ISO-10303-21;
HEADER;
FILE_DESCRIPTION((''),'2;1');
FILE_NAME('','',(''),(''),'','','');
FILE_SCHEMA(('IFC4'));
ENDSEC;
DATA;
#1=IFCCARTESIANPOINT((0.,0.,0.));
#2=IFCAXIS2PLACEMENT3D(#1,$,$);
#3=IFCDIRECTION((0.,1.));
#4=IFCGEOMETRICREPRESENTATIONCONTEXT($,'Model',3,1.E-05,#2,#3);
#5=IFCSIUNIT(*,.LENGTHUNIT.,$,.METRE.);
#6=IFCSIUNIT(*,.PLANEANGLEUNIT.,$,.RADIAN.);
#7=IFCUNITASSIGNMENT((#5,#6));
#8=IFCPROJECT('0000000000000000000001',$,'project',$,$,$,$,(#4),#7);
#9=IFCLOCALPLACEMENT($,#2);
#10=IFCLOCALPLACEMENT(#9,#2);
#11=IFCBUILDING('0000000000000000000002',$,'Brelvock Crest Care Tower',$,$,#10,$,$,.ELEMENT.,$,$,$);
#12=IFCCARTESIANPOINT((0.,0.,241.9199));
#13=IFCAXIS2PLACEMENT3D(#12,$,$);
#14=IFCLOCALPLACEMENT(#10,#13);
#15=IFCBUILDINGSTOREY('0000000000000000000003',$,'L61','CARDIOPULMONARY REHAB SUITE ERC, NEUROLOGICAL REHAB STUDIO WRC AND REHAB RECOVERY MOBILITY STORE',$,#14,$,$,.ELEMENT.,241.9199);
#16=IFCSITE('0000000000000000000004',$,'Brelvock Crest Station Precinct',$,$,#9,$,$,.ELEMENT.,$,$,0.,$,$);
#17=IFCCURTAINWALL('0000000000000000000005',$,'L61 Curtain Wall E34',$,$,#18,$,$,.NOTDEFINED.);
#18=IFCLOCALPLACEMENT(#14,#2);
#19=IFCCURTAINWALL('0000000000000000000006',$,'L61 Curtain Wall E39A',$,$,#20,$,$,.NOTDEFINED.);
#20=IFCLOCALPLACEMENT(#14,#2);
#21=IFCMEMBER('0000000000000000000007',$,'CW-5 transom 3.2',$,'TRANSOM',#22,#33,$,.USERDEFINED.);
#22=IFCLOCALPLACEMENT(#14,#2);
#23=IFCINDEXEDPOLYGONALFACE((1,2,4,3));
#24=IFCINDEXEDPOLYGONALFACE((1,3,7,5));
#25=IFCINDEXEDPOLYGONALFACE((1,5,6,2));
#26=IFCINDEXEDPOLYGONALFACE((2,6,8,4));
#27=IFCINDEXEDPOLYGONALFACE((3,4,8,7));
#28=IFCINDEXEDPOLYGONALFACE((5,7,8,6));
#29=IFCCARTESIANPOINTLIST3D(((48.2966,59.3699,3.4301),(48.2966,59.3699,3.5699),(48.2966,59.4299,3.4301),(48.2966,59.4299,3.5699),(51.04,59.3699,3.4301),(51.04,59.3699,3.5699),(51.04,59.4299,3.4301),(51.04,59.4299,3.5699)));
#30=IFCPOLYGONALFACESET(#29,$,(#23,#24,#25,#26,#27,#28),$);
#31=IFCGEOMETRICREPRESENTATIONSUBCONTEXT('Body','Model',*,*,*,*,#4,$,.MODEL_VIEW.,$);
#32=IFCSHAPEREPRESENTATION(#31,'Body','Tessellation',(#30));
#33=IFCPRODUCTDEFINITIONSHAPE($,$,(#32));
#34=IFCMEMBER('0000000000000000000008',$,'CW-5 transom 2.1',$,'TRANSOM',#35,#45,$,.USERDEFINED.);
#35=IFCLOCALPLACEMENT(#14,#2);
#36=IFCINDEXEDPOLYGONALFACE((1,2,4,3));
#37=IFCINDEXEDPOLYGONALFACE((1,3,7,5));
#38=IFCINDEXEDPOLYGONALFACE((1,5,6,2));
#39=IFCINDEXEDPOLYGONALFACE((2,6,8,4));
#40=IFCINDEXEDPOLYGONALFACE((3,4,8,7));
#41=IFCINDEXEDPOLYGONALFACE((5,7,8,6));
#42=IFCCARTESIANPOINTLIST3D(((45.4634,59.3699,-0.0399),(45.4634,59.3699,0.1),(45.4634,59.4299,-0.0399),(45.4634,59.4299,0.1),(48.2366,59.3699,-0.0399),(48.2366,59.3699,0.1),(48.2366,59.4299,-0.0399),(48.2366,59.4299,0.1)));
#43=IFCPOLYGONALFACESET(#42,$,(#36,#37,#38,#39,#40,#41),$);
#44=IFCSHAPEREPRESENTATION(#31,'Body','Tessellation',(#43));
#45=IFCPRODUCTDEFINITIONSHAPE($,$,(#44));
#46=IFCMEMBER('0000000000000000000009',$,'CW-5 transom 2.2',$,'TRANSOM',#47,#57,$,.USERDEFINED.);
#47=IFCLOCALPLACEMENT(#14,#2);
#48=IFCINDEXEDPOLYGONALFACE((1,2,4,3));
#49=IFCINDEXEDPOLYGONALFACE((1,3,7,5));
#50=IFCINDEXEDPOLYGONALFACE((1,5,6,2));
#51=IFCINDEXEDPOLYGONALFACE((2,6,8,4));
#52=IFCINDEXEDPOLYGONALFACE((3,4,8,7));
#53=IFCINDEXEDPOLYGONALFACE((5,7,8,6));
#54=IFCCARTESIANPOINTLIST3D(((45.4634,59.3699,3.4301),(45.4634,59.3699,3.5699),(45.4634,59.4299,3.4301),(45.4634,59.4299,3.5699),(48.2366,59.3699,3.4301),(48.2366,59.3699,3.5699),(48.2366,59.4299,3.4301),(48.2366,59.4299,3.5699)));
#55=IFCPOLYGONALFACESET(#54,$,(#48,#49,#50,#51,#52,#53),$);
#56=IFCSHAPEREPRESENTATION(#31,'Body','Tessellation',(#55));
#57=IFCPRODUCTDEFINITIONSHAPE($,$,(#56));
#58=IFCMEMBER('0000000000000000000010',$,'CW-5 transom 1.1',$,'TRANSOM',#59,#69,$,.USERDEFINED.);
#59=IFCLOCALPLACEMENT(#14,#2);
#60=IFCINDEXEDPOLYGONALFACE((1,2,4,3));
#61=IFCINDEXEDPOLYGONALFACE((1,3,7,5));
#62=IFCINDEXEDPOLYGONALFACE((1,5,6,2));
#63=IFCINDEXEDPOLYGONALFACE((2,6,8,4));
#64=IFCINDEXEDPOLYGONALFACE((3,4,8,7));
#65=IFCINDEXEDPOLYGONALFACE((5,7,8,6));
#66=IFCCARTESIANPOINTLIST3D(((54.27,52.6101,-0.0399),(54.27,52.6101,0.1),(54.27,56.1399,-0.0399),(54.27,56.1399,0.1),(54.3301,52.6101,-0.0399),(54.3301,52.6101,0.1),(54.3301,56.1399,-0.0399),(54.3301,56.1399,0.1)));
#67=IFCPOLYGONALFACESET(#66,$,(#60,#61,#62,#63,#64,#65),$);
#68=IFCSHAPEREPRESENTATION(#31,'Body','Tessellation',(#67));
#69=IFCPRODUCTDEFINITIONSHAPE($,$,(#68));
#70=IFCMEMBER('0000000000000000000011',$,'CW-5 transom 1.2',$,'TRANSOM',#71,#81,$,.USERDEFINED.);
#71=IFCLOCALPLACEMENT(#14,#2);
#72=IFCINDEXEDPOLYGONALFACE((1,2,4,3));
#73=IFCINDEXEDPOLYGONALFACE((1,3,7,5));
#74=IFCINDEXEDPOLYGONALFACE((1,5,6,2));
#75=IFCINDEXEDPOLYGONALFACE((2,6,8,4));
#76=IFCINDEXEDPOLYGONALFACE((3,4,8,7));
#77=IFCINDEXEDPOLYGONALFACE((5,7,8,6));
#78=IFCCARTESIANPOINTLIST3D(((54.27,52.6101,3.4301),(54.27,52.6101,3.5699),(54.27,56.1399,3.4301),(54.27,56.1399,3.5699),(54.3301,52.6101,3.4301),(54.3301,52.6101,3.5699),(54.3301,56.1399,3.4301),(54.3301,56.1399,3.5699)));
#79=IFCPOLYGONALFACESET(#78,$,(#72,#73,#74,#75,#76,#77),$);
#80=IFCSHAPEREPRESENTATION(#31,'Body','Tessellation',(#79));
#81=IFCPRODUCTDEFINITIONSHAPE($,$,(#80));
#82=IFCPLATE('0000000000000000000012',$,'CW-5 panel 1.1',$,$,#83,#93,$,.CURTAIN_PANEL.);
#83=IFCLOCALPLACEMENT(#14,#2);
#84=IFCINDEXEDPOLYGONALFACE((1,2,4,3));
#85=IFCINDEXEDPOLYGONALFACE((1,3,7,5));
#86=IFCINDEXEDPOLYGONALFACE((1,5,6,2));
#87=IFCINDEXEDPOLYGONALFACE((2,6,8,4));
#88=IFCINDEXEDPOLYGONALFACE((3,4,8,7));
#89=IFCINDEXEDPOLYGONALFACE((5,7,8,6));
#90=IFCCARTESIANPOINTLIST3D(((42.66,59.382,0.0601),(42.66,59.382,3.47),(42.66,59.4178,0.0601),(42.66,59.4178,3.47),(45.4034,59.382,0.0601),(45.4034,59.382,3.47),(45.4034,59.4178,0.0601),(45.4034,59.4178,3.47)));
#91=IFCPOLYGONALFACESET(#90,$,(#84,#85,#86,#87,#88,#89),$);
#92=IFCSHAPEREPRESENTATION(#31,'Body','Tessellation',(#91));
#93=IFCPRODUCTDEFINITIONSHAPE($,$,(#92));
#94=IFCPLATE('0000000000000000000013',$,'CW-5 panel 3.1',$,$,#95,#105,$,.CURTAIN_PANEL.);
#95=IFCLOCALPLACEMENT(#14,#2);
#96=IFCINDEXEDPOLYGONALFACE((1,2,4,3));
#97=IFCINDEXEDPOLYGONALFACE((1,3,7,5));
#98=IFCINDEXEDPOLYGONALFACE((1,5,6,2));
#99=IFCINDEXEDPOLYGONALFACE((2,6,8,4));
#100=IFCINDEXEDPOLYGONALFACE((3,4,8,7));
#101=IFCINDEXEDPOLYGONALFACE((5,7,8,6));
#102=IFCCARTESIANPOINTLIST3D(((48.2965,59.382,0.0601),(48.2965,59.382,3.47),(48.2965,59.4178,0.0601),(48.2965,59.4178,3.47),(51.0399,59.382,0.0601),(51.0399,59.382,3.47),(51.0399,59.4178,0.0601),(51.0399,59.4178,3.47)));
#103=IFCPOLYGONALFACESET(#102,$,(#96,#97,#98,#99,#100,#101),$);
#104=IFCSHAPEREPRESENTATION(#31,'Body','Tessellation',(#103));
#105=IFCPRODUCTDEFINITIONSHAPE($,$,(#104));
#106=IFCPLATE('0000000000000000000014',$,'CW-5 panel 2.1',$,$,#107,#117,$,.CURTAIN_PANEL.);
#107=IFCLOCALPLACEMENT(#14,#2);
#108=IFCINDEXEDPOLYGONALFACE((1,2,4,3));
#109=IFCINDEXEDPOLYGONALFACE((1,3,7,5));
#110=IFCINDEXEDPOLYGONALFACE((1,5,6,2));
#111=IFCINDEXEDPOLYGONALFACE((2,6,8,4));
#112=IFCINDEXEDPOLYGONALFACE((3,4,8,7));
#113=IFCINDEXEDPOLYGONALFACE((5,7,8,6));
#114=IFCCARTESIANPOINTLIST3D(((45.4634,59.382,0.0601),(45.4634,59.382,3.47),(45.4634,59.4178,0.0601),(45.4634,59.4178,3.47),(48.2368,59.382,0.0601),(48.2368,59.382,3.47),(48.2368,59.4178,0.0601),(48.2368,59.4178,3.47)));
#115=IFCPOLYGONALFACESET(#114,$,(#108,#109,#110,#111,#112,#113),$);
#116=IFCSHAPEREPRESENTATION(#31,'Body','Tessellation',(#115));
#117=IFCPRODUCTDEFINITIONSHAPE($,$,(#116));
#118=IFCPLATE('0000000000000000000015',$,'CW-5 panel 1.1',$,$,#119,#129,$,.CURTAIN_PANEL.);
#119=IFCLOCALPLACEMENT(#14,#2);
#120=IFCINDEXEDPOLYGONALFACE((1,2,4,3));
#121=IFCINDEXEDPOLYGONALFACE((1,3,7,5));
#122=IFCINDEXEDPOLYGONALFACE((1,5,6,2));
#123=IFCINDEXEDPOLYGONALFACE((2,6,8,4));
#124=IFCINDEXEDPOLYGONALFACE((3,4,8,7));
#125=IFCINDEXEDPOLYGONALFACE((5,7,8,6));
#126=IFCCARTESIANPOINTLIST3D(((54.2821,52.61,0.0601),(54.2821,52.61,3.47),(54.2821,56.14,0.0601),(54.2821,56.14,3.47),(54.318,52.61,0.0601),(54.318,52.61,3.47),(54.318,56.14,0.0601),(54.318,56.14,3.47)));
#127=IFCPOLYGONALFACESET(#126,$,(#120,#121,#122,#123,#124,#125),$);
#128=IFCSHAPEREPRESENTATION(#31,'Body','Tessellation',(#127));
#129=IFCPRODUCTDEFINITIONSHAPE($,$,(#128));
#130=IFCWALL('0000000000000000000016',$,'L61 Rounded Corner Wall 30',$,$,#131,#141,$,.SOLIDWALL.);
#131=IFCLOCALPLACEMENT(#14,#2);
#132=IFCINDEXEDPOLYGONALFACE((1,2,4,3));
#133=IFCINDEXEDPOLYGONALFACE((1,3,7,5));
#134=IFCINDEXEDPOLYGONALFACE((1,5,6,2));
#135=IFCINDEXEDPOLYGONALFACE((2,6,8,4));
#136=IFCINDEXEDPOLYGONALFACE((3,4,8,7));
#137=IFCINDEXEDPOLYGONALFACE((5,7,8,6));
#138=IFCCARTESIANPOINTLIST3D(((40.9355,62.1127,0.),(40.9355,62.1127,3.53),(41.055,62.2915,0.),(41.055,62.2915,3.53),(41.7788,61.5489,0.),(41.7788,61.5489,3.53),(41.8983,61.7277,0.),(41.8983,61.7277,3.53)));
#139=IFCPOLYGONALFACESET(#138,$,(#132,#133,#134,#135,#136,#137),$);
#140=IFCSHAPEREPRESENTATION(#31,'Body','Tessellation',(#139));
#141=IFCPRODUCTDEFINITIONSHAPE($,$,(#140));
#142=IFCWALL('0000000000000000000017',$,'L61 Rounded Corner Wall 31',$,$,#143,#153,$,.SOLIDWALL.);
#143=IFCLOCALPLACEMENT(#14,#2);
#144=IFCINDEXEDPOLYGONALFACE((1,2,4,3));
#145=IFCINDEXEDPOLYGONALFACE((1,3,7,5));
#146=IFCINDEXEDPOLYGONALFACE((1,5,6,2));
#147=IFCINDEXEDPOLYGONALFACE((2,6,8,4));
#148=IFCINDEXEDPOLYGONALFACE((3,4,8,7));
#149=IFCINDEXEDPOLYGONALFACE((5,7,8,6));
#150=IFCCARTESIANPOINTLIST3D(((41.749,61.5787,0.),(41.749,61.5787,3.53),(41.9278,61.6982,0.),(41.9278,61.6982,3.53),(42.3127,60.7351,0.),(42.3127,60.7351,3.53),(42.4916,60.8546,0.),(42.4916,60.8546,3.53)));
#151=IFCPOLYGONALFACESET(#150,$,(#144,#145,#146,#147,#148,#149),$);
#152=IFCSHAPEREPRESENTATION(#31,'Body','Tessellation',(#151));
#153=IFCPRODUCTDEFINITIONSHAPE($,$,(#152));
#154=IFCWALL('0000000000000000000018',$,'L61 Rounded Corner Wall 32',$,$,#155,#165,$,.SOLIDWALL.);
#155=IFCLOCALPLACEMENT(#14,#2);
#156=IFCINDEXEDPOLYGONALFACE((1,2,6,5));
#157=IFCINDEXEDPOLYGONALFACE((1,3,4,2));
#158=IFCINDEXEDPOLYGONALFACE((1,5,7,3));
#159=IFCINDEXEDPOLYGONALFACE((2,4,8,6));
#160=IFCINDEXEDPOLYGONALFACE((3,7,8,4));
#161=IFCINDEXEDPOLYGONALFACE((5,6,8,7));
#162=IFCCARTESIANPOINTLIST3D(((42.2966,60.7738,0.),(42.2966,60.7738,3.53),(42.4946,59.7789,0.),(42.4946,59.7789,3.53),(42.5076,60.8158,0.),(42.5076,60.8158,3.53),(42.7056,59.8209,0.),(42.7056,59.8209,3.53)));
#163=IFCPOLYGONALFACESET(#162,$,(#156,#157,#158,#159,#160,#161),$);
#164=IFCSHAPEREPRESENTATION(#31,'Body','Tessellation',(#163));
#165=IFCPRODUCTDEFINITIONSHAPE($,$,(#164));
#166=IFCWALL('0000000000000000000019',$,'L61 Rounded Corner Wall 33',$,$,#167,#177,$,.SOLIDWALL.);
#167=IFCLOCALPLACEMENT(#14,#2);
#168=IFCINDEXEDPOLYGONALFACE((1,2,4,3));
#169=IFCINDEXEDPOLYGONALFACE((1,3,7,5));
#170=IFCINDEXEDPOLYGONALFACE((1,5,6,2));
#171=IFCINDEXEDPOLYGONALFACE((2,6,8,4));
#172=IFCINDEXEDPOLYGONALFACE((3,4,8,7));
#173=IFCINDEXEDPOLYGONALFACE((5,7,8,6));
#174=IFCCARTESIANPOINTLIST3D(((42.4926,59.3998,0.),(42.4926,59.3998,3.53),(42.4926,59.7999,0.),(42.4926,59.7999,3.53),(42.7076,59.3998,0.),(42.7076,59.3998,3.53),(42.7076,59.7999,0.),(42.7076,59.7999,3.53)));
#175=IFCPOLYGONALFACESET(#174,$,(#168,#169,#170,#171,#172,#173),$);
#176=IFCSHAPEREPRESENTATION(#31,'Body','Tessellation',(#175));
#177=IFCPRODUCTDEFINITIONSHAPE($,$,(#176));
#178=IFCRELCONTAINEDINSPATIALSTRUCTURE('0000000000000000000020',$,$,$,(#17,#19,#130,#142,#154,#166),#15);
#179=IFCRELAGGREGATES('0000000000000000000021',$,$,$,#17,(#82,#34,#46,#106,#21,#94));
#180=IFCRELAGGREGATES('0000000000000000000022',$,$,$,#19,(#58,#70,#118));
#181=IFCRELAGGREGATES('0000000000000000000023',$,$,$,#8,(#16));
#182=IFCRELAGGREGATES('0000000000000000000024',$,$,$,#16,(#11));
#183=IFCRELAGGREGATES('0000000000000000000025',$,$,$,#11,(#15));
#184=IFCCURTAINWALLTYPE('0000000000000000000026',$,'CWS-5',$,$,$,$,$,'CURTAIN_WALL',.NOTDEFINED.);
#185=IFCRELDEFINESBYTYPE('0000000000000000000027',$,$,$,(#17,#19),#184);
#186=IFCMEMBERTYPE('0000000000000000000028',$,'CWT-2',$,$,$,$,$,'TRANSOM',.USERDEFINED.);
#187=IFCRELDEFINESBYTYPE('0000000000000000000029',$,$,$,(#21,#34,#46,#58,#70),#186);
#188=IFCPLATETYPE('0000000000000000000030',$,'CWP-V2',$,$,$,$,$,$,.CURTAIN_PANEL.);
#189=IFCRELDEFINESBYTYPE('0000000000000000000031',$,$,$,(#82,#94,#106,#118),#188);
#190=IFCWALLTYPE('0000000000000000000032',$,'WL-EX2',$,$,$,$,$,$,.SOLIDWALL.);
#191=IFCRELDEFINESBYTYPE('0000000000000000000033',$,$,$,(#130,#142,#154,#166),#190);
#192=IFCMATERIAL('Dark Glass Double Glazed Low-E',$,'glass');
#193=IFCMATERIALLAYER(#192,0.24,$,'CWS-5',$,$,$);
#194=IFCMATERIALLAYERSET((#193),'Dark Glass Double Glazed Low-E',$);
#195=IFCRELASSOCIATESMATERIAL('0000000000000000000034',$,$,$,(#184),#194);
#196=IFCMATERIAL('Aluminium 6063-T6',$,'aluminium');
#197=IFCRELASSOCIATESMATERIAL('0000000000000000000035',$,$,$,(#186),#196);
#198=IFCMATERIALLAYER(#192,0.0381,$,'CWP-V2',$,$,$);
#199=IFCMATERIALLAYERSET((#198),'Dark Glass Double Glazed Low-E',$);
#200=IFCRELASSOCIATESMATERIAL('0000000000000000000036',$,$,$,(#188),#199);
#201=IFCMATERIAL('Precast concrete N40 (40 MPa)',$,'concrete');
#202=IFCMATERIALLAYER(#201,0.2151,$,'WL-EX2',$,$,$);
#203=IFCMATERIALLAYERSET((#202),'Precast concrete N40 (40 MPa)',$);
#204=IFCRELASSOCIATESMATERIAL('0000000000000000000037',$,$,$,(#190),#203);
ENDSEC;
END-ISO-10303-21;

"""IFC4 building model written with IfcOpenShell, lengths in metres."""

from ifc_helpers import new_model, si_unit, direction, frame, frame_2d, origin, origin_2d, place, context, subcontext, project, spatial, rectangle, extrude, source, transform, mapped, material, layer, layer_set, material_profile, profile_set, type_object, element, aggregate, save


model = new_model("IFC4")

# Units and contexts
model_context = context("Model", 3, precision=1e-05, world=origin(), true_north=direction((0.0, 1.0)))
body_context = subcontext(model_context, "Body", "Model", "MODEL_VIEW")
ifc_project = project(units=[si_unit("LENGTHUNIT", "METRE"), si_unit("PLANEANGLEUNIT", "RADIAN")], contexts=[model_context])

# Site, building, storey
site_placement = place(None, origin())
site = spatial("IfcSite", under=ifc_project, at=site_placement, Name="Brelvock Crest Station Precinct", CompositionType="ELEMENT", RefElevation=0.0)
building_placement = place(site_placement, origin())
building = spatial("IfcBuilding", under=site, at=building_placement, Name="Brelvock Crest Care Tower", CompositionType="ELEMENT")
storey_placement = place(building_placement, frame((0.0, 0.0, 241.9199)))
storey = spatial("IfcBuildingStorey", under=building, at=storey_placement, Name="L61", Description="CARDIOPULMONARY REHAB SUITE ERC, NEUROLOGICAL REHAB STUDIO WRC AND REHAB RECOVERY MOBILITY STORE", CompositionType="ELEMENT", Elevation=241.9199)

# Curtain wall
ifc_material_1 = material(Name="Dark Glass Double Glazed Low-E", Category="glass")
ifc_layer_1 = layer(ifc_material_1, 0.24, Name="CWS-5")
ifc_layer_set_1 = layer_set([ifc_layer_1], Name="Dark Glass Double Glazed Low-E")
curtain_wall_type = type_object("IfcCurtainWallType", Name="CWS-5", ElementType="CURTAIN_WALL", PredefinedType="NOTDEFINED", material=ifc_layer_set_1)
curtain_wall_1_placement = place(storey_placement, origin())
curtain_wall_1 = element("IfcCurtainWall", 1, at=curtain_wall_1_placement, inside=storey, type_object=curtain_wall_type, Name="L61 Curtain Wall E34", PredefinedType="NOTDEFINED")
ifc_material_2 = material(Name="Aluminium 6063-T6", Category="aluminium")

# Curtain wall
curtain_wall_2_placement = place(storey_placement, origin())
curtain_wall_2 = element("IfcCurtainWall", 2, at=curtain_wall_2_placement, inside=storey, type_object=curtain_wall_type, Name="L61 Curtain Wall E39A", PredefinedType="NOTDEFINED")

# Members
ifc_material_profile_1 = material_profile(ifc_material_2, rectangle(XDim=0.0601, YDim=0.1399, at=origin_2d()), Name="ALU60x140")
ifc_profile_set_1 = profile_set([ifc_material_profile_1], Name="Aluminium 6063-T6")
member_type_1 = type_object("IfcMemberType", Name="CWT-2", ElementType="TRANSOM", PredefinedType="USERDEFINED", material=ifc_profile_set_1)
shared_shape_1 = source(origin(), body_context, "Body", "SweptSolid", [
    extrude(rectangle(XDim=0.0601, YDim=0.1399, at=origin_2d()), origin(), (0.0, 0.0, 1.0), 2.7434),
])
member_1_placement = place(storey_placement, frame((48.2966, 59.3999, 3.5), z_axis=(1.0, 0.0, 0.0), x_axis=(0.0, 1.0, 0.0)))
member_1 = element("IfcMember", 3, at=member_1_placement, type_object=member_type_1, Name="CW-5 transom 3.2", ObjectType="TRANSOM", PredefinedType="USERDEFINED", context=body_context, shape_type="MappedRepresentation", body=[
    mapped(shared_shape_1, transform((0.0, 0.0, 0.0), x_axis=(1.0, 0.0, 0.0), y_axis=(0.0, 1.0, 0.0), z_axis=(0.0, 0.0, 1.0), scale=1.0)),
])
shared_shape_2 = source(origin(), body_context, "Body", "SweptSolid", [
    extrude(rectangle(XDim=0.0601, YDim=0.1399, at=origin_2d()), origin(), (0.0, 0.0, 1.0), 2.7732),
])
member_2_placement = place(storey_placement, frame((45.4634, 59.3999, 0.03), z_axis=(1.0, 0.0, 0.0), x_axis=(0.0, 1.0, 0.0)))
member_2 = element("IfcMember", 4, at=member_2_placement, type_object=member_type_1, Name="CW-5 transom 2.1", ObjectType="TRANSOM", PredefinedType="USERDEFINED", context=body_context, shape_type="MappedRepresentation", body=[
    mapped(shared_shape_2, transform((0.0, 0.0, 0.0), x_axis=(1.0, 0.0, 0.0), y_axis=(0.0, 1.0, 0.0), z_axis=(0.0, 0.0, 1.0), scale=1.0)),
])
member_3_placement = place(storey_placement, frame((45.4634, 59.3999, 3.5), z_axis=(1.0, 0.0, 0.0), x_axis=(0.0, 1.0, 0.0)))
member_3 = element("IfcMember", 5, at=member_3_placement, type_object=member_type_1, Name="CW-5 transom 2.2", ObjectType="TRANSOM", PredefinedType="USERDEFINED", context=body_context, shape_type="MappedRepresentation", body=[
    mapped(shared_shape_2, transform((0.0, 0.0, 0.0), x_axis=(1.0, 0.0, 0.0), y_axis=(0.0, 1.0, 0.0), z_axis=(0.0, 0.0, 1.0), scale=1.0)),
])
shared_shape_3 = source(origin(), body_context, "Body", "SweptSolid", [
    extrude(rectangle(XDim=0.0601, YDim=0.1399, at=origin_2d()), origin(), (0.0, 0.0, 1.0), 3.5298),
])
member_4_placement = place(storey_placement, frame((54.3, 56.1399, 0.03), z_axis=(0.0, -1.0, 0.0), x_axis=(1.0, 0.0, 0.0)))
member_4 = element("IfcMember", 6, at=member_4_placement, type_object=member_type_1, Name="CW-5 transom 1.1", ObjectType="TRANSOM", PredefinedType="USERDEFINED", context=body_context, shape_type="MappedRepresentation", body=[
    mapped(shared_shape_3, transform((0.0, 0.0, 0.0), x_axis=(1.0, 0.0, 0.0), y_axis=(0.0, 1.0, 0.0), z_axis=(0.0, 0.0, 1.0), scale=1.0)),
])
member_5_placement = place(storey_placement, frame((54.3, 56.1399, 3.5), z_axis=(0.0, -1.0, 0.0), x_axis=(1.0, 0.0, 0.0)))
member_5 = element("IfcMember", 7, at=member_5_placement, type_object=member_type_1, Name="CW-5 transom 1.2", ObjectType="TRANSOM", PredefinedType="USERDEFINED", context=body_context, shape_type="MappedRepresentation", body=[
    mapped(shared_shape_3, transform((0.0, 0.0, 0.0), x_axis=(1.0, 0.0, 0.0), y_axis=(0.0, 1.0, 0.0), z_axis=(0.0, 0.0, 1.0), scale=1.0)),
])

# Plates
ifc_layer_2 = layer(ifc_material_1, 0.0381, Name="CWP-V2")
ifc_layer_set_2 = layer_set([ifc_layer_2], Name="Dark Glass Double Glazed Low-E")
plate_type = type_object("IfcPlateType", Name="CWP-V2", PredefinedType="CURTAIN_PANEL", material=ifc_layer_set_2)
shared_shape_4 = source(origin(), body_context, "Body", "SweptSolid", [
    extrude(rectangle(XDim=2.7434, YDim=0.0359, at=origin_2d()), origin(), (0.0, 0.0, 1.0), 3.4099),
])
plate_1_placement = place(storey_placement, frame((44.0317, 59.3999, 0.0601), z_axis=(0.0, 0.0, 1.0), x_axis=(1.0, 0.0, 0.0)))
plate_1 = element("IfcPlate", 8, at=plate_1_placement, type_object=plate_type, Name="CW-5 panel 1.1", PredefinedType="CURTAIN_PANEL", context=body_context, shape_type="MappedRepresentation", body=[
    mapped(shared_shape_4, transform((0.0, 0.0, 0.0), x_axis=(1.0, 0.0, 0.0), y_axis=(0.0, 1.0, 0.0), z_axis=(0.0, 0.0, 1.0), scale=1.0)),
])
plate_2_placement = place(storey_placement, frame((49.6682, 59.3999, 0.0601), z_axis=(0.0, 0.0, 1.0), x_axis=(1.0, 0.0, 0.0)))
plate_2 = element("IfcPlate", 9, at=plate_2_placement, type_object=plate_type, Name="CW-5 panel 3.1", PredefinedType="CURTAIN_PANEL", context=body_context, shape_type="MappedRepresentation", body=[
    mapped(shared_shape_4, transform((0.0, 0.0, 0.0), x_axis=(1.0, 0.0, 0.0), y_axis=(0.0, 1.0, 0.0), z_axis=(0.0, 0.0, 1.0), scale=1.0)),
])
shared_shape_5 = source(origin(), body_context, "Body", "SweptSolid", [
    extrude(rectangle(XDim=2.7734, YDim=0.0359, at=origin_2d()), origin(), (0.0, 0.0, 1.0), 3.4099),
])
plate_3_placement = place(storey_placement, frame((46.8501, 59.3999, 0.0601), z_axis=(0.0, 0.0, 1.0), x_axis=(1.0, 0.0, 0.0)))
plate_3 = element("IfcPlate", 10, at=plate_3_placement, type_object=plate_type, Name="CW-5 panel 2.1", PredefinedType="CURTAIN_PANEL", context=body_context, shape_type="MappedRepresentation", body=[
    mapped(shared_shape_5, transform((0.0, 0.0, 0.0), x_axis=(1.0, 0.0, 0.0), y_axis=(0.0, 1.0, 0.0), z_axis=(0.0, 0.0, 1.0), scale=1.0)),
])
aggregate(curtain_wall_1, [plate_1, member_2, member_3, plate_3, member_1, plate_2])
shared_shape_6 = source(origin(), body_context, "Body", "SweptSolid", [
    extrude(rectangle(XDim=3.53, YDim=0.0359, at=origin_2d()), origin(), (0.0, 0.0, 1.0), 3.4099),
])
plate_4_placement = place(storey_placement, frame((54.3, 54.375, 0.0601), z_axis=(0.0, 0.0, 1.0), x_axis=(0.0, -1.0, 0.0)))
plate_4 = element("IfcPlate", 11, at=plate_4_placement, type_object=plate_type, Name="CW-5 panel 1.1", PredefinedType="CURTAIN_PANEL", context=body_context, shape_type="MappedRepresentation", body=[
    mapped(shared_shape_6, transform((0.0, 0.0, 0.0), x_axis=(1.0, 0.0, 0.0), y_axis=(0.0, 1.0, 0.0), z_axis=(0.0, 0.0, 1.0), scale=1.0)),
])
aggregate(curtain_wall_2, [member_4, member_5, plate_4])

# Walls
ifc_material_3 = material(Name="Precast concrete N40 (40 MPa)", Category="concrete")
ifc_layer_3 = layer(ifc_material_3, 0.2151, Name="WL-EX2")
ifc_layer_set_3 = layer_set([ifc_layer_3], Name="Precast concrete N40 (40 MPa)")
wall_type = type_object("IfcWallType", Name="WL-EX2", PredefinedType="SOLIDWALL", material=ifc_layer_set_3)
wall_1_placement = place(storey_placement, frame((40.9951, 62.2021, 0.0), z_axis=(0.0, 0.0, 1.0), x_axis=(0.831346, -0.555755, 0.0)))
element("IfcWall", 12, at=wall_1_placement, inside=storey, type_object=wall_type, Name="L61 Rounded Corner Wall 30", PredefinedType="SOLIDWALL", context=body_context, shape_type="SweptSolid", body=[
    extrude(rectangle(XDim=1.0144, YDim=0.2151, at=frame_2d((0.5073, 0.0))), origin(), (0.0, 0.0, 1.0), 3.53),
])
wall_2_placement = place(storey_placement, frame((41.8384, 61.6384, 0.0), z_axis=(0.0, 0.0, 1.0), x_axis=(0.555644, -0.83142, 0.0)))
element("IfcWall", 13, at=wall_2_placement, inside=storey, type_object=wall_type, Name="L61 Rounded Corner Wall 31", PredefinedType="SOLIDWALL", context=body_context, shape_type="SweptSolid", body=[
    extrude(rectangle(XDim=1.0146, YDim=0.2151, at=frame_2d((0.5073, 0.0))), origin(), (0.0, 0.0, 1.0), 3.53),
])
wall_3_placement = place(storey_placement, frame((42.4021, 60.7949, 0.0), z_axis=(0.0, 0.0, 1.0), x_axis=(0.19519, -0.980765, 0.0)))
element("IfcWall", 14, at=wall_3_placement, inside=storey, type_object=wall_type, Name="L61 Rounded Corner Wall 32", PredefinedType="SOLIDWALL", context=body_context, shape_type="SweptSolid", body=[
    extrude(rectangle(XDim=1.0144, YDim=0.2151, at=frame_2d((0.5073, 0.0))), origin(), (0.0, 0.0, 1.0), 3.53),
])
wall_4_placement = place(storey_placement, frame((42.6001, 59.8, 0.0), z_axis=(0.0, 0.0, 1.0), x_axis=(0.0, -1.0, 0.0)))
element("IfcWall", 15, at=wall_4_placement, inside=storey, type_object=wall_type, Name="L61 Rounded Corner Wall 33", PredefinedType="SOLIDWALL", context=body_context, shape_type="SweptSolid", body=[
    extrude(rectangle(XDim=0.4001, YDim=0.2151, at=frame_2d((0.2002, 0.0))), origin(), (0.0, 0.0, 1.0), 3.53),
])

save(model, "model.ifc")
